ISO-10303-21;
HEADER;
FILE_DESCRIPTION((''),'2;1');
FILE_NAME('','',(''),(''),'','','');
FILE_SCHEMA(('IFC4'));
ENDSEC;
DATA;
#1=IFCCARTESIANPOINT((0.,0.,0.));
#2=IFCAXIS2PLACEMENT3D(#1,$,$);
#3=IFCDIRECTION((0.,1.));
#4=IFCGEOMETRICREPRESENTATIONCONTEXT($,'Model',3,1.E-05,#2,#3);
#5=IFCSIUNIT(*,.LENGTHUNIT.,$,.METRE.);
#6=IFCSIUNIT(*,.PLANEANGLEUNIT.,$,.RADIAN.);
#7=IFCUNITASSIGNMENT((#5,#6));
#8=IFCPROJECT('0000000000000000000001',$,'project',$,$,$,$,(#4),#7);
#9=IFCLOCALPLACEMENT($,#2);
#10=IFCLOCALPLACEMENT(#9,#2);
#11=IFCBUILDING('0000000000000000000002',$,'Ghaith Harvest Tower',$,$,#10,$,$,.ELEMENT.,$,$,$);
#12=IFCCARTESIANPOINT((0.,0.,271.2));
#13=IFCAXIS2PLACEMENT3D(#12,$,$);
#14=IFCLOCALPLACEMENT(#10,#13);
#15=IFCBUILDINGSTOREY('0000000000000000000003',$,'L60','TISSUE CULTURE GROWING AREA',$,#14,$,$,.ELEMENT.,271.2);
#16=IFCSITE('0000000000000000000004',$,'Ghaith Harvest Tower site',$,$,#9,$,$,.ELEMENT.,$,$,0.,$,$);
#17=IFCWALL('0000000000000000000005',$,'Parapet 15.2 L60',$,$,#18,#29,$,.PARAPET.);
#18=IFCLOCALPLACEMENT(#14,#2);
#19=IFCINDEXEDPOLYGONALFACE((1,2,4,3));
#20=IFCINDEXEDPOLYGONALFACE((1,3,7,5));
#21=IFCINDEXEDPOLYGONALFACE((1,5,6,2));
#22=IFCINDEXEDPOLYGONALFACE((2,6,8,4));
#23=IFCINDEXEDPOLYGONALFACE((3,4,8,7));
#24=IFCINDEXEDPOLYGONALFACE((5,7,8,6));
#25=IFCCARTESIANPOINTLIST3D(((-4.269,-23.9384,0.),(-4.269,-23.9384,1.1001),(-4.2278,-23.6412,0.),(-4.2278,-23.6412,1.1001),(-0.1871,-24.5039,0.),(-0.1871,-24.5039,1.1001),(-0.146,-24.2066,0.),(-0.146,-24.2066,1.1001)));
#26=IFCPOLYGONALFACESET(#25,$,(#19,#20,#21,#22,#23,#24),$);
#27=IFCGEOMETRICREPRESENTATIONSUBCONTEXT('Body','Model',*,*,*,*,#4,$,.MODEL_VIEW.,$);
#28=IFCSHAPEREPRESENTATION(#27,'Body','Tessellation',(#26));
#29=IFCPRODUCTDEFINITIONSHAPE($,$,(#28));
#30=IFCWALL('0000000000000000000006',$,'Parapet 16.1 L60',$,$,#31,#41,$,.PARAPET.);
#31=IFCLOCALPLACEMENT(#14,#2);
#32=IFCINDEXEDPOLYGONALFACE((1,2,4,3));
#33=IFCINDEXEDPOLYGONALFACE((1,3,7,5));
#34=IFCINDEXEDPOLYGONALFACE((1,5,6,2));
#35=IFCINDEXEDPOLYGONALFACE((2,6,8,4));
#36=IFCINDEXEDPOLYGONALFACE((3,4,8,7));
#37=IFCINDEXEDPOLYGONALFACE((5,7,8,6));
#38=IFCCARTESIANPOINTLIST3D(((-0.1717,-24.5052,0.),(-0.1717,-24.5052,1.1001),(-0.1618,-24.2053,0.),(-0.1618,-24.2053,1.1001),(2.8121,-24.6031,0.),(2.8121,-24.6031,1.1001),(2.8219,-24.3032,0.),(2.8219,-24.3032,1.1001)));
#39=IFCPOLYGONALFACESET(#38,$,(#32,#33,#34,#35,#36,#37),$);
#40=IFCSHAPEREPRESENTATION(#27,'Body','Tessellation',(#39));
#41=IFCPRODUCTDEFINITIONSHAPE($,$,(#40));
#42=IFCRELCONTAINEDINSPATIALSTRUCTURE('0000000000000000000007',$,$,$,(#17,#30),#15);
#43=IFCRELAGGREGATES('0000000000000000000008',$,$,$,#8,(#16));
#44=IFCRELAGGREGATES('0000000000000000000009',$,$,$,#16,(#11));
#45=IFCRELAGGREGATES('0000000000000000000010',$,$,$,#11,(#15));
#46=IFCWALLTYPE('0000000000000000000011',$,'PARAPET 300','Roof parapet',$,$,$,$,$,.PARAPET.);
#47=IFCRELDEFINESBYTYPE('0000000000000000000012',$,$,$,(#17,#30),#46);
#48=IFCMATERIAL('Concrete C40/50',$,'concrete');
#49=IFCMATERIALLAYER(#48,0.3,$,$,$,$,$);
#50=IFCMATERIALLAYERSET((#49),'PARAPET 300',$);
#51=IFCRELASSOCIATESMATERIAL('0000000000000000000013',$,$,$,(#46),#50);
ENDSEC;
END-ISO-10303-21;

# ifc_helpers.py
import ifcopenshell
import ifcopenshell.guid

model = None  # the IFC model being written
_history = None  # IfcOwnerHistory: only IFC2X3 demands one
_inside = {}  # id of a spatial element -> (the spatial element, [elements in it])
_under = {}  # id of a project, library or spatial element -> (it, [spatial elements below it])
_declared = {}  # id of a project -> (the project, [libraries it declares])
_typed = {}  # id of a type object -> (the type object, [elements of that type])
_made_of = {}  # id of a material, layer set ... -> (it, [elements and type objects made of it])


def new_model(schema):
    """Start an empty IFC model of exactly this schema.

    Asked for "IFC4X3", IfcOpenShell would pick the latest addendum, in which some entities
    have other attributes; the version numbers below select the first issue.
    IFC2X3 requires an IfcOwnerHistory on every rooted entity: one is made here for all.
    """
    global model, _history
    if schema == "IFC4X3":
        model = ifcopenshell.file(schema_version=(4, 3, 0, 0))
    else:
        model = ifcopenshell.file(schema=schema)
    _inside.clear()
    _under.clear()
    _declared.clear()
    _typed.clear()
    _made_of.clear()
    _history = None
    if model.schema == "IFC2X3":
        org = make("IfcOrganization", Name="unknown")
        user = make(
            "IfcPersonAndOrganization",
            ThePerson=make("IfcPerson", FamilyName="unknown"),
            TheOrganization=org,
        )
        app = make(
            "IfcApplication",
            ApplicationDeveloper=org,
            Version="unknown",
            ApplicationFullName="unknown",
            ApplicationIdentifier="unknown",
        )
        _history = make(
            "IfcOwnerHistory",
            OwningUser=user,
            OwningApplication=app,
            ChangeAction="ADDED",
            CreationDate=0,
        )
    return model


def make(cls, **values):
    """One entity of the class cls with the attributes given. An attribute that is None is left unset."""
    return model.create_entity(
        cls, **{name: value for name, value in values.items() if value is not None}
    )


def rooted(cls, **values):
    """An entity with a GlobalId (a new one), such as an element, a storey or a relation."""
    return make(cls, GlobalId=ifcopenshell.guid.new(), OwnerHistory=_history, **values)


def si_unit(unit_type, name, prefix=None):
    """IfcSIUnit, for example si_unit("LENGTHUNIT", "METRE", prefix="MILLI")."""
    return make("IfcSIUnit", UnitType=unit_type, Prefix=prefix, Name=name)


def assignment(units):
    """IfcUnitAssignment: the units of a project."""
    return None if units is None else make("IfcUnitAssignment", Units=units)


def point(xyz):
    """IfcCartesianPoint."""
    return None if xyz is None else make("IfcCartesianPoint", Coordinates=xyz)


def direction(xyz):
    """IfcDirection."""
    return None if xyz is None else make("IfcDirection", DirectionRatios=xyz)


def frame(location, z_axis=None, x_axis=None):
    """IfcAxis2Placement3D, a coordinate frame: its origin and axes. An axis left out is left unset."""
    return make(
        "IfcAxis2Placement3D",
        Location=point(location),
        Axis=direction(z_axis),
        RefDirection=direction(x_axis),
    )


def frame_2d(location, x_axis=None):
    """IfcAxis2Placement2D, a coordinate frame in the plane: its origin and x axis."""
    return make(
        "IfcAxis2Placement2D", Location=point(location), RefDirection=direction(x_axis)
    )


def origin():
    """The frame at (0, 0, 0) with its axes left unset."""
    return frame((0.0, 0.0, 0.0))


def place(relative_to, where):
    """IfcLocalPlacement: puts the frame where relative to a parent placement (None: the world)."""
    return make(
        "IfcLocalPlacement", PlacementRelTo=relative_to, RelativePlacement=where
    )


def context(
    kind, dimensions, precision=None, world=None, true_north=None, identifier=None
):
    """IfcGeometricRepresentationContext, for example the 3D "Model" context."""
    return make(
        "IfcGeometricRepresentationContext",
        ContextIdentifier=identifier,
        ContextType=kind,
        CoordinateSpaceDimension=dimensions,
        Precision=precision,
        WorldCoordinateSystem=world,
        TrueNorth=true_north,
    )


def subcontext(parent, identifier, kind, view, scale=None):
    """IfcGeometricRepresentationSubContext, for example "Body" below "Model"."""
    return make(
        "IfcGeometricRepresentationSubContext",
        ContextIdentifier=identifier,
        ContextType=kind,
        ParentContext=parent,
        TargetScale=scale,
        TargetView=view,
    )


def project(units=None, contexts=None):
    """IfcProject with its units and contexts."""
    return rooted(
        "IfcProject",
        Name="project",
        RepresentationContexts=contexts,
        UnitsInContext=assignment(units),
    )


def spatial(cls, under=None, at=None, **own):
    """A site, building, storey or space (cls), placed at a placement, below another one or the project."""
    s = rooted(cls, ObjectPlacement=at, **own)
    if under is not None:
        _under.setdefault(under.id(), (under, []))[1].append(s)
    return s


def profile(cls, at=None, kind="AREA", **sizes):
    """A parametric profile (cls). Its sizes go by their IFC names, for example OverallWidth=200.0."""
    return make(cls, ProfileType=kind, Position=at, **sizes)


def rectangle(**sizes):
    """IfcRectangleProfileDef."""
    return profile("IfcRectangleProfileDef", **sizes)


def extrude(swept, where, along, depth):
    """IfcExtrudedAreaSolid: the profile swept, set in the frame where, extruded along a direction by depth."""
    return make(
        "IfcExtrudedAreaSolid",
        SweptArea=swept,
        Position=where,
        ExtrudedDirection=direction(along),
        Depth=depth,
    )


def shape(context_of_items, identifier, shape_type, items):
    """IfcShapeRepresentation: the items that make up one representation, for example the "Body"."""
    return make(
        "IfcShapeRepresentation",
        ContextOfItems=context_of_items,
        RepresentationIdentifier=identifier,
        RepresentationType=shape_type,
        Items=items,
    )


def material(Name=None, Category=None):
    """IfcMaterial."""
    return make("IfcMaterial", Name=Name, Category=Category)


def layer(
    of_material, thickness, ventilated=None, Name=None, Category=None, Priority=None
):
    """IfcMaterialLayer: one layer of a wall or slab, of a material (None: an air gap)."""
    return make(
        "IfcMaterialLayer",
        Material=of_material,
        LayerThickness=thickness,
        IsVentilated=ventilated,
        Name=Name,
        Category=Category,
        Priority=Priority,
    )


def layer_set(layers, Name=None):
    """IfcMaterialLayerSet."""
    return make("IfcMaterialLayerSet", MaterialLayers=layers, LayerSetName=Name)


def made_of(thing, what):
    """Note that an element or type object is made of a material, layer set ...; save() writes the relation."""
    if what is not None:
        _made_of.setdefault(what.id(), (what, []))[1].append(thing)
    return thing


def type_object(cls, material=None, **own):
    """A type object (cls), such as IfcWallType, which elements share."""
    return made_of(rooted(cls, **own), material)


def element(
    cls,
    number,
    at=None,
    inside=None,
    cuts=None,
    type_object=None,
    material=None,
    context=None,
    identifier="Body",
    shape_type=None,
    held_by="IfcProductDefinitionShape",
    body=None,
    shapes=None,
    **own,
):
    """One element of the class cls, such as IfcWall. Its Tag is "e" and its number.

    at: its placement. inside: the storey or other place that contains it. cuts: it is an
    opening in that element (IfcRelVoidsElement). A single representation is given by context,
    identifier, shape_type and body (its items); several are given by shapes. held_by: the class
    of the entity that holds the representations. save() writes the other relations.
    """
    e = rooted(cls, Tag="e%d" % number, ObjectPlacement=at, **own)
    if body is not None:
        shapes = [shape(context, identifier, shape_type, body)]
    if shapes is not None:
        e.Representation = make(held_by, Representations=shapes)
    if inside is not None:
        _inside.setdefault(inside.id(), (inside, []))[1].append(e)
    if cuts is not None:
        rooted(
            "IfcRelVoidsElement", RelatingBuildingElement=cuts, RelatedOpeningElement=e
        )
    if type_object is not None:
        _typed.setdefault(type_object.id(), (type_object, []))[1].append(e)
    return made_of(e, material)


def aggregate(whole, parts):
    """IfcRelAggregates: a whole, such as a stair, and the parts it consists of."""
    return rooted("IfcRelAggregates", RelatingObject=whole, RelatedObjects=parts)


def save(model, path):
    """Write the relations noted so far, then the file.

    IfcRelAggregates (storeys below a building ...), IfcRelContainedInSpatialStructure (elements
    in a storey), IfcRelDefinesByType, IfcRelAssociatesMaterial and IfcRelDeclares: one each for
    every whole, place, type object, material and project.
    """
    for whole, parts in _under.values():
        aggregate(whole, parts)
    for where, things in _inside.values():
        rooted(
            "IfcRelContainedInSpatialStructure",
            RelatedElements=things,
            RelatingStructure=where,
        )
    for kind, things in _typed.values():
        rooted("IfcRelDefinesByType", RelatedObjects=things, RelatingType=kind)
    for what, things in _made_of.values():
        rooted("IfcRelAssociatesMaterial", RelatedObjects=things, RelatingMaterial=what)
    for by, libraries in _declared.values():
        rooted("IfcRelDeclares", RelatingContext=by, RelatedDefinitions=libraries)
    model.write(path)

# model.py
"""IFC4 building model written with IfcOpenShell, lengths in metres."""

from ifc_helpers import new_model, si_unit, direction, frame, frame_2d, origin, place, context, subcontext, project, spatial, rectangle, extrude, material, layer, layer_set, type_object, element, save


model = new_model("IFC4")

# Units and contexts
model_context = context("Model", 3, precision=1e-05, world=origin(), true_north=direction((0.0, 1.0)))
body_context = subcontext(model_context, "Body", "Model", "MODEL_VIEW")
ifc_project = project(units=[si_unit("LENGTHUNIT", "METRE"), si_unit("PLANEANGLEUNIT", "RADIAN")], contexts=[model_context])

# Site, building, storey
site_placement = place(None, origin())
site = spatial("IfcSite", under=ifc_project, at=site_placement, Name="Ghaith Harvest Tower site", CompositionType="ELEMENT", RefElevation=0.0)
building_placement = place(site_placement, origin())
building = spatial("IfcBuilding", under=site, at=building_placement, Name="Ghaith Harvest Tower", CompositionType="ELEMENT")
storey_placement = place(building_placement, frame((0.0, 0.0, 271.2)))
storey = spatial("IfcBuildingStorey", under=building, at=storey_placement, Name="L60", Description="TISSUE CULTURE GROWING AREA", CompositionType="ELEMENT", Elevation=271.2)

# Walls
ifc_material_1 = material(Name="Concrete C40/50", Category="concrete")
ifc_layer_1 = layer(ifc_material_1, 0.3)
ifc_layer_set_1 = layer_set([ifc_layer_1], Name="PARAPET 300")
wall_type_1 = type_object("IfcWallType", Name="PARAPET 300", Description="Roof parapet", PredefinedType="PARAPET", material=ifc_layer_set_1)
wall_1_placement = place(storey_placement, frame((-4.2485, -23.7898, 0.0), z_axis=(0.0, 0.0, 1.0), x_axis=(0.990541, -0.137215, 0.0)))
element("IfcWall", 1, at=wall_1_placement, inside=storey, type_object=wall_type_1, Name="Parapet 15.2 L60", PredefinedType="PARAPET", context=body_context, shape_type="SweptSolid", body=[
    extrude(rectangle(XDim=4.1208, YDim=0.3, at=frame_2d((2.0605, 0.0))), origin(), (0.0, 0.0, 1.0), 1.1001),
])
wall_2_placement = place(storey_placement, frame((-0.1667, -24.3552, 0.0), z_axis=(0.0, 0.0, 1.0), x_axis=(0.999462, -0.032795, 0.0)))
element("IfcWall", 2, at=wall_2_placement, inside=storey, type_object=wall_type_1, Name="Parapet 16.1 L60", PredefinedType="PARAPET", context=body_context, shape_type="SweptSolid", body=[
    extrude(rectangle(XDim=2.9854, YDim=0.3, at=frame_2d((1.4927, 0.0))), origin(), (0.0, 0.0, 1.0), 1.1001),
])

save(model, "model.ifc")
